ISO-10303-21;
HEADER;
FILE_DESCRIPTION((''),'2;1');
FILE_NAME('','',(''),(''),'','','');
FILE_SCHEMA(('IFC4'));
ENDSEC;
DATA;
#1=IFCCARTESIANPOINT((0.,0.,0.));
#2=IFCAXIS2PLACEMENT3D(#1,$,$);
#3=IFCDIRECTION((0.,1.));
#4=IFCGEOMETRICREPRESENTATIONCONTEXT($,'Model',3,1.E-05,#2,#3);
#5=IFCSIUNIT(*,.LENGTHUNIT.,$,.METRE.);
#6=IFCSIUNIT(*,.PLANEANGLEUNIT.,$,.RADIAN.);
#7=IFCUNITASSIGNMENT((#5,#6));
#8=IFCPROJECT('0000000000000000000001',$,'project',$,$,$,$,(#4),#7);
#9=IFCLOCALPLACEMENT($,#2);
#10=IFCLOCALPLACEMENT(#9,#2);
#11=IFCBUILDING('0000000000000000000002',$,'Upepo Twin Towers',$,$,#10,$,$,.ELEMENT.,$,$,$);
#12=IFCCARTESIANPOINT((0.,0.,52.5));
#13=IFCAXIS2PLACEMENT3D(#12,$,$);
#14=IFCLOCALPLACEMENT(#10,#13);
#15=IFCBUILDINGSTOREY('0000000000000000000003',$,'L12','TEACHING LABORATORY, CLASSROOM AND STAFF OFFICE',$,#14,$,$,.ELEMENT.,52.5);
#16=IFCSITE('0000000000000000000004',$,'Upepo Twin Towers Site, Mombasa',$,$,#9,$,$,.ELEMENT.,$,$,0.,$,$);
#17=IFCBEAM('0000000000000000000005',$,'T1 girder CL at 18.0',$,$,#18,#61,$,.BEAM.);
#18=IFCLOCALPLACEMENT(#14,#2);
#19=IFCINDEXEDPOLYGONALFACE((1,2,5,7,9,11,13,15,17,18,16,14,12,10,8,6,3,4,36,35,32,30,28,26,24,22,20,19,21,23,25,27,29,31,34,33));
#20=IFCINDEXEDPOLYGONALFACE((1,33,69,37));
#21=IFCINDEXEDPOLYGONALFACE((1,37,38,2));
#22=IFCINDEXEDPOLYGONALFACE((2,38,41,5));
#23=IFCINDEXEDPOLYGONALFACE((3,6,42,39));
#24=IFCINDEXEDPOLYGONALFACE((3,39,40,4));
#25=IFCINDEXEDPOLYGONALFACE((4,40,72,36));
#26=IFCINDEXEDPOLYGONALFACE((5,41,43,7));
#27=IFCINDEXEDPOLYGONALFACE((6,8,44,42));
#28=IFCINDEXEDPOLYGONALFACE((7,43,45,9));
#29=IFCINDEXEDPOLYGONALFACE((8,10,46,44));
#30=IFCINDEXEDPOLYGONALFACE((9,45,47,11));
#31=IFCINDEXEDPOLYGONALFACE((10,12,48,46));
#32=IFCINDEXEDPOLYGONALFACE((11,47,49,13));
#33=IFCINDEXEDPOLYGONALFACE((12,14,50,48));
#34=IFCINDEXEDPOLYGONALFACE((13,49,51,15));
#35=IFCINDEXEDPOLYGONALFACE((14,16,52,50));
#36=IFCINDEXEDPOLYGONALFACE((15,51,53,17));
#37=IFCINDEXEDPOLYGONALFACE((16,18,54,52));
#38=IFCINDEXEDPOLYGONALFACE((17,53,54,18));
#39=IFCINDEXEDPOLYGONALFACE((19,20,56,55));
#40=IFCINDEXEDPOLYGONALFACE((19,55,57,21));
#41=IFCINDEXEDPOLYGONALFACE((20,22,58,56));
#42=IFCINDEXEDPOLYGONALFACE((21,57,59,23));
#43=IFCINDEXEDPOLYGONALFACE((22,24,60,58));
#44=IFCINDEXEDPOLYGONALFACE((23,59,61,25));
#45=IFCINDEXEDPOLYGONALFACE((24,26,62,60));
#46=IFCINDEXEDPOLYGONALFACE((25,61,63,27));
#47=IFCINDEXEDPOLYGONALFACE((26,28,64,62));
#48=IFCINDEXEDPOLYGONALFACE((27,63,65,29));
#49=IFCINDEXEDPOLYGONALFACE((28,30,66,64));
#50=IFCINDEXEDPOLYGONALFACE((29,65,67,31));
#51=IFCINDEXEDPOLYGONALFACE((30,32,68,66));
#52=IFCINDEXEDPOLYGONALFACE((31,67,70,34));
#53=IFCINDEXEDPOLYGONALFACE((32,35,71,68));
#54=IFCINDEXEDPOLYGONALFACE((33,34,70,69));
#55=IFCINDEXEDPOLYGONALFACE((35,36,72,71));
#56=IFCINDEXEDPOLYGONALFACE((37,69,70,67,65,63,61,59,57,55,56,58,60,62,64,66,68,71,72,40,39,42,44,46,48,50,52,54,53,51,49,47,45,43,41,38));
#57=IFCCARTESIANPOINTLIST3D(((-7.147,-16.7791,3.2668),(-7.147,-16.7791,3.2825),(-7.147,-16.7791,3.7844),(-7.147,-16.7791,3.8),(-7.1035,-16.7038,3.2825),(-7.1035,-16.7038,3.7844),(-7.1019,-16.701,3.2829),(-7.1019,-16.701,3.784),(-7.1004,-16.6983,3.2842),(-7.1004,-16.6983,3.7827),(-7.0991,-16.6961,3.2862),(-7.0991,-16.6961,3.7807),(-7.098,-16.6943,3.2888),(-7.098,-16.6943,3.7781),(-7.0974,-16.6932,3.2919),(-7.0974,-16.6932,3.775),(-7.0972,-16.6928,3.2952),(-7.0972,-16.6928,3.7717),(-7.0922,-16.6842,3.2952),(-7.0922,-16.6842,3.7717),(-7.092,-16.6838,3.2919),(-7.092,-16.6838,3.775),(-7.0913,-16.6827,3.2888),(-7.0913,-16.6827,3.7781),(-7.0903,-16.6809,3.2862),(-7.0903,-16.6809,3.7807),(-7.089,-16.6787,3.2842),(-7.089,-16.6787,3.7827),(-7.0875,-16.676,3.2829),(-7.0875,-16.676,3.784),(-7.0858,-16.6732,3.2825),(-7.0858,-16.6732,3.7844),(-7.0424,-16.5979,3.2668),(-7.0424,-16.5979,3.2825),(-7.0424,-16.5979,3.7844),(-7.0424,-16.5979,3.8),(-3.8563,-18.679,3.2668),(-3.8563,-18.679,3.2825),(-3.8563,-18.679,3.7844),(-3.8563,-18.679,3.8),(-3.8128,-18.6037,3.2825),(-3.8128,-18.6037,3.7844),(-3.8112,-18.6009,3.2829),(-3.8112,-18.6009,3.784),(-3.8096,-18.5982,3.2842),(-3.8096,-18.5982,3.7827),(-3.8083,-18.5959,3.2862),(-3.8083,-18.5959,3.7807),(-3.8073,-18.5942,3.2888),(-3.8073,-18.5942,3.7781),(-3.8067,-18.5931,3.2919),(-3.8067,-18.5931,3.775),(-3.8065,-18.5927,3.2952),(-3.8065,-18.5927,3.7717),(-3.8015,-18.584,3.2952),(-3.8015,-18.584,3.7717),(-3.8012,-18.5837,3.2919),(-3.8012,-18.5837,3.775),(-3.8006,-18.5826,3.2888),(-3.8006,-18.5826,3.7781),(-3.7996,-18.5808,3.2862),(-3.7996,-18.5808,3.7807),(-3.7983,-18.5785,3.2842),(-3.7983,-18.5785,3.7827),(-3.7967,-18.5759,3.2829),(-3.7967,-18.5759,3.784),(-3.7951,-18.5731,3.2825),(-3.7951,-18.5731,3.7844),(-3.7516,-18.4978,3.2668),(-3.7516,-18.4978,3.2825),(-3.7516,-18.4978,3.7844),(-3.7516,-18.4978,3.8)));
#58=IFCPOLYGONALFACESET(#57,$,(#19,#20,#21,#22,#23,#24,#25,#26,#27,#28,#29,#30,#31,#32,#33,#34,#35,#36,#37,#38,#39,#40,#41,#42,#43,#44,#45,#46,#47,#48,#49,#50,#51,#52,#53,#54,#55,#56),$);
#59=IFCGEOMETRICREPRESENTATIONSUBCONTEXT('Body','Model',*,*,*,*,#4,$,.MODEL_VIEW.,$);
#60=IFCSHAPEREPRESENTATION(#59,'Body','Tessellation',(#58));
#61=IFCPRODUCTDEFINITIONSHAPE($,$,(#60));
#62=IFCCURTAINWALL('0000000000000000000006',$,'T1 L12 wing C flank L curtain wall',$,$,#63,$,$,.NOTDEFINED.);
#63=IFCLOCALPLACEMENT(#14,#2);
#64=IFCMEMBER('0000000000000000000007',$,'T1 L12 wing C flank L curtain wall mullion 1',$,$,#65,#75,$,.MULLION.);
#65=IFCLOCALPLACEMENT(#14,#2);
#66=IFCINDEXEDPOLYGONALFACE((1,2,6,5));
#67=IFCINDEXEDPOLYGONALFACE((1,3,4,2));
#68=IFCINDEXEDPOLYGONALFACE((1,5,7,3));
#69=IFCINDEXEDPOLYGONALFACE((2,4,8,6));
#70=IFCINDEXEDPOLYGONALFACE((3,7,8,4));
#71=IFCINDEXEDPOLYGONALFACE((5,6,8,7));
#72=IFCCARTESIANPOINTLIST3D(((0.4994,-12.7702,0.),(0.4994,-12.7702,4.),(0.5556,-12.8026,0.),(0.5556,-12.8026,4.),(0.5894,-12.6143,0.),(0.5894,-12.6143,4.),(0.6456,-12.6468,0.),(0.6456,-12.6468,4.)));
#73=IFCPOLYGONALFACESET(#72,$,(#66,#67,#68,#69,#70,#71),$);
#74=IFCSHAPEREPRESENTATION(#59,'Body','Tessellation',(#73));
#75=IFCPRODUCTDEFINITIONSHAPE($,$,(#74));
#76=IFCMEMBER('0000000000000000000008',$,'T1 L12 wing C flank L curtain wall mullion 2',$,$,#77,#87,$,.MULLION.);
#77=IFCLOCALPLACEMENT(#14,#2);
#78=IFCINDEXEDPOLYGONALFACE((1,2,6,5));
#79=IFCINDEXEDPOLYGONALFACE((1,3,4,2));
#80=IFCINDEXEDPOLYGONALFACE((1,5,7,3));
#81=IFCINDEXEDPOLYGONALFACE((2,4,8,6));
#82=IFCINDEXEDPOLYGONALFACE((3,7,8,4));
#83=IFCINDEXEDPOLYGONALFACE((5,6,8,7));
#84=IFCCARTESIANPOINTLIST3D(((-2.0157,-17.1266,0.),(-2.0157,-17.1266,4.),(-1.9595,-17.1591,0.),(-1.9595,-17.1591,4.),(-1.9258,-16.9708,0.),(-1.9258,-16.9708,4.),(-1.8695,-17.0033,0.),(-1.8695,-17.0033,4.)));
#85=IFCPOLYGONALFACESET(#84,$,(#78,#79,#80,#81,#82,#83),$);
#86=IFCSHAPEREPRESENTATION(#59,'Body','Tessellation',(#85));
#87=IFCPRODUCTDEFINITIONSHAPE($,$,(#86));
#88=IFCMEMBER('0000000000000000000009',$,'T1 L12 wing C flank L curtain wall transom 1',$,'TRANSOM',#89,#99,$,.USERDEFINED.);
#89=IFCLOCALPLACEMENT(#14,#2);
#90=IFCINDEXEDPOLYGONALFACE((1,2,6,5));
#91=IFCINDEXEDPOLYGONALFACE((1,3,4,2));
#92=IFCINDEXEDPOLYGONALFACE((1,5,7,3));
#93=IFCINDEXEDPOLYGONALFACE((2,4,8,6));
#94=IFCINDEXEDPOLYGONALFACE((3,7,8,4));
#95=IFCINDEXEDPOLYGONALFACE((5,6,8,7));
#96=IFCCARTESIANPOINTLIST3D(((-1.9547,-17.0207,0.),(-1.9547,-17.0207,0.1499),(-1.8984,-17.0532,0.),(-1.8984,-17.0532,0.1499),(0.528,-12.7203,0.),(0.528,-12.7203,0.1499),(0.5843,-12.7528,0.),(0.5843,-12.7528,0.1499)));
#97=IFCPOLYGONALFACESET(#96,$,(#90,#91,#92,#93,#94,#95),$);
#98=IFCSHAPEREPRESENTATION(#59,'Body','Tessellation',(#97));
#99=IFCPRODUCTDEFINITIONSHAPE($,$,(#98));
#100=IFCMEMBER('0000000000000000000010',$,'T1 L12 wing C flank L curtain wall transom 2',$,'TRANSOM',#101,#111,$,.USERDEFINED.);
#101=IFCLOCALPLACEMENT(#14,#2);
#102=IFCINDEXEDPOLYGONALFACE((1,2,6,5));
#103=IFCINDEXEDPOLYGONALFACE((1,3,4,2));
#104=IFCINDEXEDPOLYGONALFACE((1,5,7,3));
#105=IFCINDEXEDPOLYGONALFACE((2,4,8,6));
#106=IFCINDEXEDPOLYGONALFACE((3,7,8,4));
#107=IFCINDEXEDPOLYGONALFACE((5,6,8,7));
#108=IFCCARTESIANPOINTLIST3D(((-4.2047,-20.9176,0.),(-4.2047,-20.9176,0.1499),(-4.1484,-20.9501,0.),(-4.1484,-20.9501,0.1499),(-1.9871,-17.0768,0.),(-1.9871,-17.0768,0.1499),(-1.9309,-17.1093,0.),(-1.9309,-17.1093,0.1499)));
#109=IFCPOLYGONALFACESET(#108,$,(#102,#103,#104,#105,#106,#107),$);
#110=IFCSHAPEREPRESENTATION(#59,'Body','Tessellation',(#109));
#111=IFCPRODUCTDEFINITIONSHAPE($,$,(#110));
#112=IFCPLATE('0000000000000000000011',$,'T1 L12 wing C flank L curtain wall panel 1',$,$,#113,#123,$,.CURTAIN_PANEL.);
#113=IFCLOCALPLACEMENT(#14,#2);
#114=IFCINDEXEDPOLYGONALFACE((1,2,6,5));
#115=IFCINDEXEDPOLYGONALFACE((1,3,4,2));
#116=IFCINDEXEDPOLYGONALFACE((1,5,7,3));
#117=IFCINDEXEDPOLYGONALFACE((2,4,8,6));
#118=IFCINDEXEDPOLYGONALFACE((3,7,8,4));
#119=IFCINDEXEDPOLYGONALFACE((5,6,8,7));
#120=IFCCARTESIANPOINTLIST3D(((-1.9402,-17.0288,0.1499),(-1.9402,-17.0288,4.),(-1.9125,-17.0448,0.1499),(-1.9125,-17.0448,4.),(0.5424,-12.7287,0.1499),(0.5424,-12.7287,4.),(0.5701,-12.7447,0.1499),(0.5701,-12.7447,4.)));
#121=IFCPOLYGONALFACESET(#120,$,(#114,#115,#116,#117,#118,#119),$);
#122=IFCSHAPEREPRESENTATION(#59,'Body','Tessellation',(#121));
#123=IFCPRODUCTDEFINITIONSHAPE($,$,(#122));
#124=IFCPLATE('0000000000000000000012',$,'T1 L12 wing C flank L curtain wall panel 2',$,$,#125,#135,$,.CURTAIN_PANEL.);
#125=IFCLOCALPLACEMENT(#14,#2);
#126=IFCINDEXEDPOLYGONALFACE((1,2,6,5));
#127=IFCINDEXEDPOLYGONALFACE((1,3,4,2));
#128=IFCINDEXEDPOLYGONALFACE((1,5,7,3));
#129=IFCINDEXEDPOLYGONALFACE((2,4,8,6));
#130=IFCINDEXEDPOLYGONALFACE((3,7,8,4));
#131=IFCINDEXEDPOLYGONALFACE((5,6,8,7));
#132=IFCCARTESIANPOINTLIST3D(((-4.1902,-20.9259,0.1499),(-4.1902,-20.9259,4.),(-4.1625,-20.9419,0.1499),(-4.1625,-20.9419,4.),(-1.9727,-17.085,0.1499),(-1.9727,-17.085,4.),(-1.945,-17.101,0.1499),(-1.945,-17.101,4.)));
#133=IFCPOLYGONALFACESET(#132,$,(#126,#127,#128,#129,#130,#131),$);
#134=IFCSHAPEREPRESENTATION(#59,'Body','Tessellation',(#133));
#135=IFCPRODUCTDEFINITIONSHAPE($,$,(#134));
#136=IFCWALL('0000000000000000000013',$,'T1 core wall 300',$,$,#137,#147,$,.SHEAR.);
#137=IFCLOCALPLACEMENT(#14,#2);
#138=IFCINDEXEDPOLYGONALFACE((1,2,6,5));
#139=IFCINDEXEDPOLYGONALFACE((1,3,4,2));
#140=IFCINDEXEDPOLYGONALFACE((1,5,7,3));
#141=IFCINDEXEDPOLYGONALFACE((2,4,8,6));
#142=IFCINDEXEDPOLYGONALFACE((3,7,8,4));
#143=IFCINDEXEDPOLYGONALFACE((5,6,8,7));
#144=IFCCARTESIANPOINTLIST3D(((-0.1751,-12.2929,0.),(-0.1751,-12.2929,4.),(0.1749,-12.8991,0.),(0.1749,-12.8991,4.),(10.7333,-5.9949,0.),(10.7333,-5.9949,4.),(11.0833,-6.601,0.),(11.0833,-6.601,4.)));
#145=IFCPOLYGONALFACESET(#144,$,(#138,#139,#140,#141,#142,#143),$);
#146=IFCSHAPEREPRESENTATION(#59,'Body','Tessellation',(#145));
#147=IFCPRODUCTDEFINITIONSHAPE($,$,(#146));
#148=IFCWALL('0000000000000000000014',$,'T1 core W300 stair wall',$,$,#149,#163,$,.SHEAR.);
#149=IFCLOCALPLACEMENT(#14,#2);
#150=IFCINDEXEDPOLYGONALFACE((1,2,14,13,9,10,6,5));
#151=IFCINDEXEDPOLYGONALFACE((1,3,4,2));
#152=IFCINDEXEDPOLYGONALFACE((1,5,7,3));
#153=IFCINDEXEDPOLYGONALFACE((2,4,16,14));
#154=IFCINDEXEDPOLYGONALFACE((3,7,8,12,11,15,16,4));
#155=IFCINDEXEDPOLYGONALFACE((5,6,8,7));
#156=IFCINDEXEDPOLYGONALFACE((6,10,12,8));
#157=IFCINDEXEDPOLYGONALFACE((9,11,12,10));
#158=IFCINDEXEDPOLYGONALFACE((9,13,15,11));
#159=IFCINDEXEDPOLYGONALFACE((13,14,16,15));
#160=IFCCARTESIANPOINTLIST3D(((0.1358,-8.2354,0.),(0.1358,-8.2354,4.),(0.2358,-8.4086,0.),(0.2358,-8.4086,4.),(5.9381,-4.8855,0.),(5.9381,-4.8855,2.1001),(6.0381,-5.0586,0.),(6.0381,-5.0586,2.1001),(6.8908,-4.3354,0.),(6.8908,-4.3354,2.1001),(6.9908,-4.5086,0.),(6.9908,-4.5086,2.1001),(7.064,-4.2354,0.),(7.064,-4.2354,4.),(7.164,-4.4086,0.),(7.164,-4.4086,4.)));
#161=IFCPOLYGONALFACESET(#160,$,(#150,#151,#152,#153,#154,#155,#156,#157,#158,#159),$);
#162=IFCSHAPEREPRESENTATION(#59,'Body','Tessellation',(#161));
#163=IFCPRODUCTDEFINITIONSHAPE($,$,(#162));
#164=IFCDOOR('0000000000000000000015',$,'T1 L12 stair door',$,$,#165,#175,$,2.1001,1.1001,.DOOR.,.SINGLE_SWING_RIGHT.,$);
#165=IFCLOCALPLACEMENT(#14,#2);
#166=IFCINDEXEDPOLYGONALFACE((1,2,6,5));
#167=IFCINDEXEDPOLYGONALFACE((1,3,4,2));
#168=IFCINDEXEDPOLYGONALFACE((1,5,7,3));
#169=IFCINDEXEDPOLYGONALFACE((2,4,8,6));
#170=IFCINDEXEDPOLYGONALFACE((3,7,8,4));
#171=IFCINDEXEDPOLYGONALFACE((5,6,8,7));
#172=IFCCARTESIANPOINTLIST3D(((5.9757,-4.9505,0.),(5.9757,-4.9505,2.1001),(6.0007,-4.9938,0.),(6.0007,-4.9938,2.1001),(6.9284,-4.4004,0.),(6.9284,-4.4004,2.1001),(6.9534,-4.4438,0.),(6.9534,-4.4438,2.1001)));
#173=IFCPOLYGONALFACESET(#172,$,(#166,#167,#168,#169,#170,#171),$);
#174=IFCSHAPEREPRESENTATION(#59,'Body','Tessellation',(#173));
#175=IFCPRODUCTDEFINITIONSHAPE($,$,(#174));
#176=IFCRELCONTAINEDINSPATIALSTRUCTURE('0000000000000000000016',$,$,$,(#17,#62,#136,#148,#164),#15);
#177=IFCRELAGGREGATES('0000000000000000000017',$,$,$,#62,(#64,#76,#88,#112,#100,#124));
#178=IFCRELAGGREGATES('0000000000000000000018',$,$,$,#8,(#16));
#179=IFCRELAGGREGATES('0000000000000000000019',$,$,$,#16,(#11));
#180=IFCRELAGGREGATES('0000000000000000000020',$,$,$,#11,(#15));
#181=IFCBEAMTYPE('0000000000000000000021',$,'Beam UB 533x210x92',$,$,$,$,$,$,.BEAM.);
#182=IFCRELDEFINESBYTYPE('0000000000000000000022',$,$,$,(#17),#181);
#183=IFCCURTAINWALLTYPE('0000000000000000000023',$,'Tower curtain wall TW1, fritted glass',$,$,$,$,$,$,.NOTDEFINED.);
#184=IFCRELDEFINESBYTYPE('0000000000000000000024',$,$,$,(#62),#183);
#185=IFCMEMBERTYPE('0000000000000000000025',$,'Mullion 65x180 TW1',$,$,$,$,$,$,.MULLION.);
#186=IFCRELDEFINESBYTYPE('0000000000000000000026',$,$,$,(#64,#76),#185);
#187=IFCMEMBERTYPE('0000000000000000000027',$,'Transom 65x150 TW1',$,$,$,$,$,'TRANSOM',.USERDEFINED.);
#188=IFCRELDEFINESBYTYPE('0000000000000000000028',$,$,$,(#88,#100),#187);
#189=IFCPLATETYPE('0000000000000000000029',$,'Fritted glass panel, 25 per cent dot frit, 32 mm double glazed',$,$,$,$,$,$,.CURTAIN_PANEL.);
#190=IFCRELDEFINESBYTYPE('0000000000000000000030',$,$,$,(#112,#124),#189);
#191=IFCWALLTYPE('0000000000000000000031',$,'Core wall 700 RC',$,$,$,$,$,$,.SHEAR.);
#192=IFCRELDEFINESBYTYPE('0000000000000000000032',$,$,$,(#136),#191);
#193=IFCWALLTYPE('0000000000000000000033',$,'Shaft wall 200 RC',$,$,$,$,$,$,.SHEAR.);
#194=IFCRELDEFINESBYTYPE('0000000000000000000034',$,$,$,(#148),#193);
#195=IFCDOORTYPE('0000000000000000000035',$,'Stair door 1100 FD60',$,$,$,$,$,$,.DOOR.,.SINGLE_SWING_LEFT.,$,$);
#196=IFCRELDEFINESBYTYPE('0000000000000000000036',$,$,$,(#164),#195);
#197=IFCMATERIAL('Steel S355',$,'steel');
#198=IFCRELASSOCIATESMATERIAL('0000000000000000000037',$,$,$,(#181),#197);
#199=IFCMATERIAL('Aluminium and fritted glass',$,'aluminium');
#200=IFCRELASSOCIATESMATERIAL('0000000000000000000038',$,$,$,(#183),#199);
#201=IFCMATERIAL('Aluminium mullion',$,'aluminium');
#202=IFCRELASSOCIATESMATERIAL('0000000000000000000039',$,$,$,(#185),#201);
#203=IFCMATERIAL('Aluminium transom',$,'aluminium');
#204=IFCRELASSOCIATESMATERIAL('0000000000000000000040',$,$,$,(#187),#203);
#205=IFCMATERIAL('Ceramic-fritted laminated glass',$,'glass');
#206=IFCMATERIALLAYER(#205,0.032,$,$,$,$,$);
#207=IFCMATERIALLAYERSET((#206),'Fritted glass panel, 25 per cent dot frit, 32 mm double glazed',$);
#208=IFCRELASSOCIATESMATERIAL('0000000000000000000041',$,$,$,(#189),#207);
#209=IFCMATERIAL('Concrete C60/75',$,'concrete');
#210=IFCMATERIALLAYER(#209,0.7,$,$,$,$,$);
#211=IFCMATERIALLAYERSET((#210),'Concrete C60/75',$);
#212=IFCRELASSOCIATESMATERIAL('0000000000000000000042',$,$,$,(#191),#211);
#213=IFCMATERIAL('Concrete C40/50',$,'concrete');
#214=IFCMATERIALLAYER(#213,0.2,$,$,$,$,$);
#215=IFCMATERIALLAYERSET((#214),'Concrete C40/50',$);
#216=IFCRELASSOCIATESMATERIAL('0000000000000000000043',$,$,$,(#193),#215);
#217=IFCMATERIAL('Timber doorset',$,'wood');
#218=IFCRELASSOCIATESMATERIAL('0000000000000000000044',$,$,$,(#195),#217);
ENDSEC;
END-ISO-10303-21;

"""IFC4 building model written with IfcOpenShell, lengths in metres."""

from ifc_helpers import new_model, si_unit, direction, frame, frame_2d, origin, origin_2d, place, context, subcontext, project, spatial, rectangle, i_section, extrude, material, layer, layer_set, material_profile, profile_set, type_object, element, fill, aggregate, save


model = new_model("IFC4")

# Units and contexts
model_context = context("Model", 3, precision=1e-05, world=origin(), true_north=direction((0.0, 1.0)))
body_context = subcontext(model_context, "Body", "Model", "MODEL_VIEW")
ifc_project = project(units=[si_unit("LENGTHUNIT", "METRE"), si_unit("PLANEANGLEUNIT", "RADIAN")], contexts=[model_context])

# Site, building, storey
site_placement = place(None, origin())
site = spatial("IfcSite", under=ifc_project, at=site_placement, Name="Upepo Twin Towers Site, Mombasa", CompositionType="ELEMENT", RefElevation=0.0)
building_placement = place(site_placement, origin())
building = spatial("IfcBuilding", under=site, at=building_placement, Name="Upepo Twin Towers", CompositionType="ELEMENT")
storey_placement = place(building_placement, frame((0.0, 0.0, 52.5)))
storey = spatial("IfcBuildingStorey", under=building, at=storey_placement, Name="L12", Description="TEACHING LABORATORY, CLASSROOM AND STAFF OFFICE", CompositionType="ELEMENT", Elevation=52.5)

# Beam
ifc_material_1 = material(Name="Steel S355", Category="steel")
ifc_material_profile_1 = material_profile(ifc_material_1, i_section(OverallWidth=0.2092, OverallDepth=0.5332, WebThickness=0.01, FlangeThickness=0.0156, FilletRadius=0.0127, at=origin_2d()), Name="UB 533x210x92")
ifc_profile_set_1 = profile_set([ifc_material_profile_1], Name="Steel S355")
beam_type_1 = type_object("IfcBeamType", Name="Beam UB 533x210x92", PredefinedType="BEAM", material=ifc_profile_set_1)
beam_1_placement = place(storey_placement, frame((-3.804, -18.5884, 3.5334), z_axis=(-0.866028, 0.499995, 0.0), x_axis=(-0.499995, -0.866028, 0.0)))
element("IfcBeam", 1, at=beam_1_placement, inside=storey, type_object=beam_type_1, Name="T1 girder CL at 18.0", PredefinedType="BEAM", context=body_context, shape_type="SweptSolid", body=[
    extrude(i_section(OverallWidth=0.2092, OverallDepth=0.5332, WebThickness=0.01, FlangeThickness=0.0156, FilletRadius=0.0127, at=origin_2d()), origin(), (0.0, 0.0, 1.0), 3.7998),
])

# Curtain wall, members, plates
ifc_material_2 = material(Name="Aluminium and fritted glass", Category="aluminium")
curtain_wall_type = type_object("IfcCurtainWallType", Name="Tower curtain wall TW1, fritted glass", PredefinedType="NOTDEFINED", material=ifc_material_2)
curtain_wall_placement = place(storey_placement, origin())
curtain_wall = element("IfcCurtainWall", 2, at=curtain_wall_placement, inside=storey, type_object=curtain_wall_type, Name="T1 L12 wing C flank L curtain wall", PredefinedType="NOTDEFINED")
ifc_material_3 = material(Name="Aluminium mullion", Category="aluminium")
ifc_material_profile_2 = material_profile(ifc_material_3, rectangle(XDim=0.0649, YDim=0.1799, at=origin_2d()), Name="MULLION 65x180")
ifc_profile_set_2 = profile_set([ifc_material_profile_2], Name="Aluminium mullion")
member_type_1 = type_object("IfcMemberType", Name="Mullion 65x180 TW1", PredefinedType="MULLION", material=ifc_profile_set_2)
member_1_placement = place(storey_placement, frame((0.5725, -12.7085, 0.0), z_axis=(0.0, 0.0, 1.0), x_axis=(0.866025, -0.5, 0.0)))
member_1 = element("IfcMember", 3, at=member_1_placement, type_object=member_type_1, Name="T1 L12 wing C flank L curtain wall mullion 1", PredefinedType="MULLION", context=body_context, shape_type="SweptSolid", body=[
    extrude(rectangle(XDim=0.0649, YDim=0.1799, at=origin_2d()), origin(), (0.0, 0.0, 1.0), 4.0),
])
member_2_placement = place(storey_placement, frame((-1.9426, -17.0649, 0.0), z_axis=(0.0, 0.0, 1.0), x_axis=(0.866025, -0.5, 0.0)))
member_2 = element("IfcMember", 4, at=member_2_placement, type_object=member_type_1, Name="T1 L12 wing C flank L curtain wall mullion 2", PredefinedType="MULLION", context=body_context, shape_type="SweptSolid", body=[
    extrude(rectangle(XDim=0.0649, YDim=0.1799, at=origin_2d()), origin(), (0.0, 0.0, 1.0), 4.0),
])
ifc_material_4 = material(Name="Aluminium transom", Category="aluminium")
ifc_material_profile_3 = material_profile(ifc_material_4, rectangle(XDim=0.0649, YDim=0.1499, at=origin_2d()), Name="TRANSOM 65x150")
ifc_profile_set_3 = profile_set([ifc_material_profile_3], Name="Aluminium transom")
member_type_2 = type_object("IfcMemberType", Name="Transom 65x150 TW1", ElementType="TRANSOM", PredefinedType="USERDEFINED", material=ifc_profile_set_3)
member_3_placement = place(storey_placement, frame((0.5562, -12.7366, 0.075), z_axis=(-0.499983, -0.866035, 0.0), x_axis=(0.866035, -0.499983, 0.0)))
member_3 = element("IfcMember", 5, at=member_3_placement, type_object=member_type_2, Name="T1 L12 wing C flank L curtain wall transom 1", ObjectType="TRANSOM", PredefinedType="USERDEFINED", context=body_context, shape_type="SweptSolid", body=[
    extrude(rectangle(XDim=0.0649, YDim=0.1499, at=origin_2d()), origin(), (0.0, 0.0, 1.0), 4.9656),
])
member_4_placement = place(storey_placement, frame((-1.959, -17.093, 0.075), z_axis=(-0.500005, -0.866022, 0.0), x_axis=(0.866022, -0.500005, 0.0)))
member_4 = element("IfcMember", 6, at=member_4_placement, type_object=member_type_2, Name="T1 L12 wing C flank L curtain wall transom 2", ObjectType="TRANSOM", PredefinedType="USERDEFINED", context=body_context, shape_type="SweptSolid", body=[
    extrude(rectangle(XDim=0.0649, YDim=0.1499, at=origin_2d()), origin(), (0.0, 0.0, 1.0), 4.4351),
])
ifc_material_5 = material(Name="Ceramic-fritted laminated glass", Category="glass")
ifc_layer_1 = layer(ifc_material_5, 0.032)
ifc_layer_set_1 = layer_set([ifc_layer_1], Name="Fritted glass panel, 25 per cent dot frit, 32 mm double glazed")
plate_type = type_object("IfcPlateType", Name="Fritted glass panel, 25 per cent dot frit, 32 mm double glazed", PredefinedType="CURTAIN_PANEL", material=ifc_layer_set_1)
plate_1_placement = place(storey_placement, frame((-0.6851, -14.8867, 0.1499), z_axis=(0.0, 0.0, 1.0), x_axis=(-0.5, -0.866025, 0.0)))
plate_1 = element("IfcPlate", 7, at=plate_1_placement, type_object=plate_type, Name="T1 L12 wing C flank L curtain wall panel 1", PredefinedType="CURTAIN_PANEL", context=body_context, shape_type="SweptSolid", body=[
    extrude(rectangle(XDim=4.9653, YDim=0.032, at=origin_2d()), origin(), (0.0, 0.0, 1.0), 3.8501),
])
plate_2_placement = place(storey_placement, frame((-3.0676, -19.0134, 0.1499), z_axis=(0.0, 0.0, 1.0), x_axis=(-0.5, -0.866025, 0.0)))
plate_2 = element("IfcPlate", 8, at=plate_2_placement, type_object=plate_type, Name="T1 L12 wing C flank L curtain wall panel 2", PredefinedType="CURTAIN_PANEL", context=body_context, shape_type="SweptSolid", body=[
    extrude(rectangle(XDim=4.4351, YDim=0.032, at=origin_2d()), origin(), (0.0, 0.0, 1.0), 3.8501),
])
aggregate(curtain_wall, [member_1, member_2, member_3, plate_1, member_4, plate_2])

# Wall
ifc_material_6 = material(Name="Concrete C60/75", Category="concrete")
ifc_layer_2 = layer(ifc_material_6, 0.7)
ifc_layer_set_2 = layer_set([ifc_layer_2], Name="Concrete C60/75")
wall_type_1 = type_object("IfcWallType", Name="Core wall 700 RC", PredefinedType="SHEAR", material=ifc_layer_set_2)
wall_1_placement = place(storey_placement, frame((0.0, -12.5959, 0.0), z_axis=(0.0, 0.0, 1.0), x_axis=(0.866022, 0.500006, 0.0)))
element("IfcWall", 9, at=wall_1_placement, inside=storey, type_object=wall_type_1, Name="T1 core wall 300", PredefinedType="SHEAR", context=body_context, shape_type="SweptSolid", body=[
    extrude(rectangle(XDim=12.5959, YDim=0.7, at=frame_2d((6.2979, 0.0))), origin(), (0.0, 0.0, 1.0), 4.0),
])

# Wall, opening, door
ifc_material_7 = material(Name="Concrete C40/50", Category="concrete")
ifc_layer_3 = layer(ifc_material_7, 0.2)
ifc_layer_set_3 = layer_set([ifc_layer_3], Name="Concrete C40/50")
wall_type_2 = type_object("IfcWallType", Name="Shaft wall 200 RC", PredefinedType="SHEAR", material=ifc_layer_set_3)
wall_2_placement = place(storey_placement, frame((0.1858, -8.322, 0.0), z_axis=(0.0, 0.0, 1.0), x_axis=(0.866026, 0.499999, 0.0)))
wall_2 = element("IfcWall", 10, at=wall_2_placement, inside=storey, type_object=wall_type_2, Name="T1 core W300 stair wall", PredefinedType="SHEAR", context=body_context, shape_type="SweptSolid", body=[
    extrude(rectangle(XDim=8.0, YDim=0.2, at=frame_2d((4.0, 0.0))), origin(), (0.0, 0.0, 1.0), 4.0),
])
opening_placement = place(wall_2_placement, frame((6.7, 0.0, 0.0)))
opening = element("IfcOpeningElement", 11, at=opening_placement, cuts=wall_2, PredefinedType="OPENING", context=body_context, shape_type="SweptSolid", body=[
    extrude(rectangle(XDim=1.1001, YDim=2.1001, at=frame_2d((0.55, 1.05))), frame((0.0, 0.1099, 0.0), z_axis=(0.0, -1.0, 0.0), x_axis=(1.0, 0.0, 0.0)), (0.0, 0.0, 1.0), 0.22),
])
ifc_material_8 = material(Name="Timber doorset", Category="wood")
door_type = type_object("IfcDoorType", Name="Stair door 1100 FD60", OperationType="SINGLE_SWING_LEFT", PredefinedType="DOOR", material=ifc_material_8)
door_placement = place(opening_placement, origin())
door = element("IfcDoor", 12, at=door_placement, inside=storey, type_object=door_type, Name="T1 L12 stair door", OperationType="SINGLE_SWING_RIGHT", OverallHeight=2.1001, OverallWidth=1.1001, PredefinedType="DOOR", context=body_context, shape_type="SweptSolid", body=[
    extrude(rectangle(XDim=1.1001, YDim=2.1001, at=frame_2d((0.55, 1.05))), frame((0.0, 0.0249, 0.0), z_axis=(0.0, -1.0, 0.0), x_axis=(1.0, 0.0, 0.0)), (0.0, 0.0, 1.0), 0.05),
])
fill(opening, door)

save(model, "model.ifc")
